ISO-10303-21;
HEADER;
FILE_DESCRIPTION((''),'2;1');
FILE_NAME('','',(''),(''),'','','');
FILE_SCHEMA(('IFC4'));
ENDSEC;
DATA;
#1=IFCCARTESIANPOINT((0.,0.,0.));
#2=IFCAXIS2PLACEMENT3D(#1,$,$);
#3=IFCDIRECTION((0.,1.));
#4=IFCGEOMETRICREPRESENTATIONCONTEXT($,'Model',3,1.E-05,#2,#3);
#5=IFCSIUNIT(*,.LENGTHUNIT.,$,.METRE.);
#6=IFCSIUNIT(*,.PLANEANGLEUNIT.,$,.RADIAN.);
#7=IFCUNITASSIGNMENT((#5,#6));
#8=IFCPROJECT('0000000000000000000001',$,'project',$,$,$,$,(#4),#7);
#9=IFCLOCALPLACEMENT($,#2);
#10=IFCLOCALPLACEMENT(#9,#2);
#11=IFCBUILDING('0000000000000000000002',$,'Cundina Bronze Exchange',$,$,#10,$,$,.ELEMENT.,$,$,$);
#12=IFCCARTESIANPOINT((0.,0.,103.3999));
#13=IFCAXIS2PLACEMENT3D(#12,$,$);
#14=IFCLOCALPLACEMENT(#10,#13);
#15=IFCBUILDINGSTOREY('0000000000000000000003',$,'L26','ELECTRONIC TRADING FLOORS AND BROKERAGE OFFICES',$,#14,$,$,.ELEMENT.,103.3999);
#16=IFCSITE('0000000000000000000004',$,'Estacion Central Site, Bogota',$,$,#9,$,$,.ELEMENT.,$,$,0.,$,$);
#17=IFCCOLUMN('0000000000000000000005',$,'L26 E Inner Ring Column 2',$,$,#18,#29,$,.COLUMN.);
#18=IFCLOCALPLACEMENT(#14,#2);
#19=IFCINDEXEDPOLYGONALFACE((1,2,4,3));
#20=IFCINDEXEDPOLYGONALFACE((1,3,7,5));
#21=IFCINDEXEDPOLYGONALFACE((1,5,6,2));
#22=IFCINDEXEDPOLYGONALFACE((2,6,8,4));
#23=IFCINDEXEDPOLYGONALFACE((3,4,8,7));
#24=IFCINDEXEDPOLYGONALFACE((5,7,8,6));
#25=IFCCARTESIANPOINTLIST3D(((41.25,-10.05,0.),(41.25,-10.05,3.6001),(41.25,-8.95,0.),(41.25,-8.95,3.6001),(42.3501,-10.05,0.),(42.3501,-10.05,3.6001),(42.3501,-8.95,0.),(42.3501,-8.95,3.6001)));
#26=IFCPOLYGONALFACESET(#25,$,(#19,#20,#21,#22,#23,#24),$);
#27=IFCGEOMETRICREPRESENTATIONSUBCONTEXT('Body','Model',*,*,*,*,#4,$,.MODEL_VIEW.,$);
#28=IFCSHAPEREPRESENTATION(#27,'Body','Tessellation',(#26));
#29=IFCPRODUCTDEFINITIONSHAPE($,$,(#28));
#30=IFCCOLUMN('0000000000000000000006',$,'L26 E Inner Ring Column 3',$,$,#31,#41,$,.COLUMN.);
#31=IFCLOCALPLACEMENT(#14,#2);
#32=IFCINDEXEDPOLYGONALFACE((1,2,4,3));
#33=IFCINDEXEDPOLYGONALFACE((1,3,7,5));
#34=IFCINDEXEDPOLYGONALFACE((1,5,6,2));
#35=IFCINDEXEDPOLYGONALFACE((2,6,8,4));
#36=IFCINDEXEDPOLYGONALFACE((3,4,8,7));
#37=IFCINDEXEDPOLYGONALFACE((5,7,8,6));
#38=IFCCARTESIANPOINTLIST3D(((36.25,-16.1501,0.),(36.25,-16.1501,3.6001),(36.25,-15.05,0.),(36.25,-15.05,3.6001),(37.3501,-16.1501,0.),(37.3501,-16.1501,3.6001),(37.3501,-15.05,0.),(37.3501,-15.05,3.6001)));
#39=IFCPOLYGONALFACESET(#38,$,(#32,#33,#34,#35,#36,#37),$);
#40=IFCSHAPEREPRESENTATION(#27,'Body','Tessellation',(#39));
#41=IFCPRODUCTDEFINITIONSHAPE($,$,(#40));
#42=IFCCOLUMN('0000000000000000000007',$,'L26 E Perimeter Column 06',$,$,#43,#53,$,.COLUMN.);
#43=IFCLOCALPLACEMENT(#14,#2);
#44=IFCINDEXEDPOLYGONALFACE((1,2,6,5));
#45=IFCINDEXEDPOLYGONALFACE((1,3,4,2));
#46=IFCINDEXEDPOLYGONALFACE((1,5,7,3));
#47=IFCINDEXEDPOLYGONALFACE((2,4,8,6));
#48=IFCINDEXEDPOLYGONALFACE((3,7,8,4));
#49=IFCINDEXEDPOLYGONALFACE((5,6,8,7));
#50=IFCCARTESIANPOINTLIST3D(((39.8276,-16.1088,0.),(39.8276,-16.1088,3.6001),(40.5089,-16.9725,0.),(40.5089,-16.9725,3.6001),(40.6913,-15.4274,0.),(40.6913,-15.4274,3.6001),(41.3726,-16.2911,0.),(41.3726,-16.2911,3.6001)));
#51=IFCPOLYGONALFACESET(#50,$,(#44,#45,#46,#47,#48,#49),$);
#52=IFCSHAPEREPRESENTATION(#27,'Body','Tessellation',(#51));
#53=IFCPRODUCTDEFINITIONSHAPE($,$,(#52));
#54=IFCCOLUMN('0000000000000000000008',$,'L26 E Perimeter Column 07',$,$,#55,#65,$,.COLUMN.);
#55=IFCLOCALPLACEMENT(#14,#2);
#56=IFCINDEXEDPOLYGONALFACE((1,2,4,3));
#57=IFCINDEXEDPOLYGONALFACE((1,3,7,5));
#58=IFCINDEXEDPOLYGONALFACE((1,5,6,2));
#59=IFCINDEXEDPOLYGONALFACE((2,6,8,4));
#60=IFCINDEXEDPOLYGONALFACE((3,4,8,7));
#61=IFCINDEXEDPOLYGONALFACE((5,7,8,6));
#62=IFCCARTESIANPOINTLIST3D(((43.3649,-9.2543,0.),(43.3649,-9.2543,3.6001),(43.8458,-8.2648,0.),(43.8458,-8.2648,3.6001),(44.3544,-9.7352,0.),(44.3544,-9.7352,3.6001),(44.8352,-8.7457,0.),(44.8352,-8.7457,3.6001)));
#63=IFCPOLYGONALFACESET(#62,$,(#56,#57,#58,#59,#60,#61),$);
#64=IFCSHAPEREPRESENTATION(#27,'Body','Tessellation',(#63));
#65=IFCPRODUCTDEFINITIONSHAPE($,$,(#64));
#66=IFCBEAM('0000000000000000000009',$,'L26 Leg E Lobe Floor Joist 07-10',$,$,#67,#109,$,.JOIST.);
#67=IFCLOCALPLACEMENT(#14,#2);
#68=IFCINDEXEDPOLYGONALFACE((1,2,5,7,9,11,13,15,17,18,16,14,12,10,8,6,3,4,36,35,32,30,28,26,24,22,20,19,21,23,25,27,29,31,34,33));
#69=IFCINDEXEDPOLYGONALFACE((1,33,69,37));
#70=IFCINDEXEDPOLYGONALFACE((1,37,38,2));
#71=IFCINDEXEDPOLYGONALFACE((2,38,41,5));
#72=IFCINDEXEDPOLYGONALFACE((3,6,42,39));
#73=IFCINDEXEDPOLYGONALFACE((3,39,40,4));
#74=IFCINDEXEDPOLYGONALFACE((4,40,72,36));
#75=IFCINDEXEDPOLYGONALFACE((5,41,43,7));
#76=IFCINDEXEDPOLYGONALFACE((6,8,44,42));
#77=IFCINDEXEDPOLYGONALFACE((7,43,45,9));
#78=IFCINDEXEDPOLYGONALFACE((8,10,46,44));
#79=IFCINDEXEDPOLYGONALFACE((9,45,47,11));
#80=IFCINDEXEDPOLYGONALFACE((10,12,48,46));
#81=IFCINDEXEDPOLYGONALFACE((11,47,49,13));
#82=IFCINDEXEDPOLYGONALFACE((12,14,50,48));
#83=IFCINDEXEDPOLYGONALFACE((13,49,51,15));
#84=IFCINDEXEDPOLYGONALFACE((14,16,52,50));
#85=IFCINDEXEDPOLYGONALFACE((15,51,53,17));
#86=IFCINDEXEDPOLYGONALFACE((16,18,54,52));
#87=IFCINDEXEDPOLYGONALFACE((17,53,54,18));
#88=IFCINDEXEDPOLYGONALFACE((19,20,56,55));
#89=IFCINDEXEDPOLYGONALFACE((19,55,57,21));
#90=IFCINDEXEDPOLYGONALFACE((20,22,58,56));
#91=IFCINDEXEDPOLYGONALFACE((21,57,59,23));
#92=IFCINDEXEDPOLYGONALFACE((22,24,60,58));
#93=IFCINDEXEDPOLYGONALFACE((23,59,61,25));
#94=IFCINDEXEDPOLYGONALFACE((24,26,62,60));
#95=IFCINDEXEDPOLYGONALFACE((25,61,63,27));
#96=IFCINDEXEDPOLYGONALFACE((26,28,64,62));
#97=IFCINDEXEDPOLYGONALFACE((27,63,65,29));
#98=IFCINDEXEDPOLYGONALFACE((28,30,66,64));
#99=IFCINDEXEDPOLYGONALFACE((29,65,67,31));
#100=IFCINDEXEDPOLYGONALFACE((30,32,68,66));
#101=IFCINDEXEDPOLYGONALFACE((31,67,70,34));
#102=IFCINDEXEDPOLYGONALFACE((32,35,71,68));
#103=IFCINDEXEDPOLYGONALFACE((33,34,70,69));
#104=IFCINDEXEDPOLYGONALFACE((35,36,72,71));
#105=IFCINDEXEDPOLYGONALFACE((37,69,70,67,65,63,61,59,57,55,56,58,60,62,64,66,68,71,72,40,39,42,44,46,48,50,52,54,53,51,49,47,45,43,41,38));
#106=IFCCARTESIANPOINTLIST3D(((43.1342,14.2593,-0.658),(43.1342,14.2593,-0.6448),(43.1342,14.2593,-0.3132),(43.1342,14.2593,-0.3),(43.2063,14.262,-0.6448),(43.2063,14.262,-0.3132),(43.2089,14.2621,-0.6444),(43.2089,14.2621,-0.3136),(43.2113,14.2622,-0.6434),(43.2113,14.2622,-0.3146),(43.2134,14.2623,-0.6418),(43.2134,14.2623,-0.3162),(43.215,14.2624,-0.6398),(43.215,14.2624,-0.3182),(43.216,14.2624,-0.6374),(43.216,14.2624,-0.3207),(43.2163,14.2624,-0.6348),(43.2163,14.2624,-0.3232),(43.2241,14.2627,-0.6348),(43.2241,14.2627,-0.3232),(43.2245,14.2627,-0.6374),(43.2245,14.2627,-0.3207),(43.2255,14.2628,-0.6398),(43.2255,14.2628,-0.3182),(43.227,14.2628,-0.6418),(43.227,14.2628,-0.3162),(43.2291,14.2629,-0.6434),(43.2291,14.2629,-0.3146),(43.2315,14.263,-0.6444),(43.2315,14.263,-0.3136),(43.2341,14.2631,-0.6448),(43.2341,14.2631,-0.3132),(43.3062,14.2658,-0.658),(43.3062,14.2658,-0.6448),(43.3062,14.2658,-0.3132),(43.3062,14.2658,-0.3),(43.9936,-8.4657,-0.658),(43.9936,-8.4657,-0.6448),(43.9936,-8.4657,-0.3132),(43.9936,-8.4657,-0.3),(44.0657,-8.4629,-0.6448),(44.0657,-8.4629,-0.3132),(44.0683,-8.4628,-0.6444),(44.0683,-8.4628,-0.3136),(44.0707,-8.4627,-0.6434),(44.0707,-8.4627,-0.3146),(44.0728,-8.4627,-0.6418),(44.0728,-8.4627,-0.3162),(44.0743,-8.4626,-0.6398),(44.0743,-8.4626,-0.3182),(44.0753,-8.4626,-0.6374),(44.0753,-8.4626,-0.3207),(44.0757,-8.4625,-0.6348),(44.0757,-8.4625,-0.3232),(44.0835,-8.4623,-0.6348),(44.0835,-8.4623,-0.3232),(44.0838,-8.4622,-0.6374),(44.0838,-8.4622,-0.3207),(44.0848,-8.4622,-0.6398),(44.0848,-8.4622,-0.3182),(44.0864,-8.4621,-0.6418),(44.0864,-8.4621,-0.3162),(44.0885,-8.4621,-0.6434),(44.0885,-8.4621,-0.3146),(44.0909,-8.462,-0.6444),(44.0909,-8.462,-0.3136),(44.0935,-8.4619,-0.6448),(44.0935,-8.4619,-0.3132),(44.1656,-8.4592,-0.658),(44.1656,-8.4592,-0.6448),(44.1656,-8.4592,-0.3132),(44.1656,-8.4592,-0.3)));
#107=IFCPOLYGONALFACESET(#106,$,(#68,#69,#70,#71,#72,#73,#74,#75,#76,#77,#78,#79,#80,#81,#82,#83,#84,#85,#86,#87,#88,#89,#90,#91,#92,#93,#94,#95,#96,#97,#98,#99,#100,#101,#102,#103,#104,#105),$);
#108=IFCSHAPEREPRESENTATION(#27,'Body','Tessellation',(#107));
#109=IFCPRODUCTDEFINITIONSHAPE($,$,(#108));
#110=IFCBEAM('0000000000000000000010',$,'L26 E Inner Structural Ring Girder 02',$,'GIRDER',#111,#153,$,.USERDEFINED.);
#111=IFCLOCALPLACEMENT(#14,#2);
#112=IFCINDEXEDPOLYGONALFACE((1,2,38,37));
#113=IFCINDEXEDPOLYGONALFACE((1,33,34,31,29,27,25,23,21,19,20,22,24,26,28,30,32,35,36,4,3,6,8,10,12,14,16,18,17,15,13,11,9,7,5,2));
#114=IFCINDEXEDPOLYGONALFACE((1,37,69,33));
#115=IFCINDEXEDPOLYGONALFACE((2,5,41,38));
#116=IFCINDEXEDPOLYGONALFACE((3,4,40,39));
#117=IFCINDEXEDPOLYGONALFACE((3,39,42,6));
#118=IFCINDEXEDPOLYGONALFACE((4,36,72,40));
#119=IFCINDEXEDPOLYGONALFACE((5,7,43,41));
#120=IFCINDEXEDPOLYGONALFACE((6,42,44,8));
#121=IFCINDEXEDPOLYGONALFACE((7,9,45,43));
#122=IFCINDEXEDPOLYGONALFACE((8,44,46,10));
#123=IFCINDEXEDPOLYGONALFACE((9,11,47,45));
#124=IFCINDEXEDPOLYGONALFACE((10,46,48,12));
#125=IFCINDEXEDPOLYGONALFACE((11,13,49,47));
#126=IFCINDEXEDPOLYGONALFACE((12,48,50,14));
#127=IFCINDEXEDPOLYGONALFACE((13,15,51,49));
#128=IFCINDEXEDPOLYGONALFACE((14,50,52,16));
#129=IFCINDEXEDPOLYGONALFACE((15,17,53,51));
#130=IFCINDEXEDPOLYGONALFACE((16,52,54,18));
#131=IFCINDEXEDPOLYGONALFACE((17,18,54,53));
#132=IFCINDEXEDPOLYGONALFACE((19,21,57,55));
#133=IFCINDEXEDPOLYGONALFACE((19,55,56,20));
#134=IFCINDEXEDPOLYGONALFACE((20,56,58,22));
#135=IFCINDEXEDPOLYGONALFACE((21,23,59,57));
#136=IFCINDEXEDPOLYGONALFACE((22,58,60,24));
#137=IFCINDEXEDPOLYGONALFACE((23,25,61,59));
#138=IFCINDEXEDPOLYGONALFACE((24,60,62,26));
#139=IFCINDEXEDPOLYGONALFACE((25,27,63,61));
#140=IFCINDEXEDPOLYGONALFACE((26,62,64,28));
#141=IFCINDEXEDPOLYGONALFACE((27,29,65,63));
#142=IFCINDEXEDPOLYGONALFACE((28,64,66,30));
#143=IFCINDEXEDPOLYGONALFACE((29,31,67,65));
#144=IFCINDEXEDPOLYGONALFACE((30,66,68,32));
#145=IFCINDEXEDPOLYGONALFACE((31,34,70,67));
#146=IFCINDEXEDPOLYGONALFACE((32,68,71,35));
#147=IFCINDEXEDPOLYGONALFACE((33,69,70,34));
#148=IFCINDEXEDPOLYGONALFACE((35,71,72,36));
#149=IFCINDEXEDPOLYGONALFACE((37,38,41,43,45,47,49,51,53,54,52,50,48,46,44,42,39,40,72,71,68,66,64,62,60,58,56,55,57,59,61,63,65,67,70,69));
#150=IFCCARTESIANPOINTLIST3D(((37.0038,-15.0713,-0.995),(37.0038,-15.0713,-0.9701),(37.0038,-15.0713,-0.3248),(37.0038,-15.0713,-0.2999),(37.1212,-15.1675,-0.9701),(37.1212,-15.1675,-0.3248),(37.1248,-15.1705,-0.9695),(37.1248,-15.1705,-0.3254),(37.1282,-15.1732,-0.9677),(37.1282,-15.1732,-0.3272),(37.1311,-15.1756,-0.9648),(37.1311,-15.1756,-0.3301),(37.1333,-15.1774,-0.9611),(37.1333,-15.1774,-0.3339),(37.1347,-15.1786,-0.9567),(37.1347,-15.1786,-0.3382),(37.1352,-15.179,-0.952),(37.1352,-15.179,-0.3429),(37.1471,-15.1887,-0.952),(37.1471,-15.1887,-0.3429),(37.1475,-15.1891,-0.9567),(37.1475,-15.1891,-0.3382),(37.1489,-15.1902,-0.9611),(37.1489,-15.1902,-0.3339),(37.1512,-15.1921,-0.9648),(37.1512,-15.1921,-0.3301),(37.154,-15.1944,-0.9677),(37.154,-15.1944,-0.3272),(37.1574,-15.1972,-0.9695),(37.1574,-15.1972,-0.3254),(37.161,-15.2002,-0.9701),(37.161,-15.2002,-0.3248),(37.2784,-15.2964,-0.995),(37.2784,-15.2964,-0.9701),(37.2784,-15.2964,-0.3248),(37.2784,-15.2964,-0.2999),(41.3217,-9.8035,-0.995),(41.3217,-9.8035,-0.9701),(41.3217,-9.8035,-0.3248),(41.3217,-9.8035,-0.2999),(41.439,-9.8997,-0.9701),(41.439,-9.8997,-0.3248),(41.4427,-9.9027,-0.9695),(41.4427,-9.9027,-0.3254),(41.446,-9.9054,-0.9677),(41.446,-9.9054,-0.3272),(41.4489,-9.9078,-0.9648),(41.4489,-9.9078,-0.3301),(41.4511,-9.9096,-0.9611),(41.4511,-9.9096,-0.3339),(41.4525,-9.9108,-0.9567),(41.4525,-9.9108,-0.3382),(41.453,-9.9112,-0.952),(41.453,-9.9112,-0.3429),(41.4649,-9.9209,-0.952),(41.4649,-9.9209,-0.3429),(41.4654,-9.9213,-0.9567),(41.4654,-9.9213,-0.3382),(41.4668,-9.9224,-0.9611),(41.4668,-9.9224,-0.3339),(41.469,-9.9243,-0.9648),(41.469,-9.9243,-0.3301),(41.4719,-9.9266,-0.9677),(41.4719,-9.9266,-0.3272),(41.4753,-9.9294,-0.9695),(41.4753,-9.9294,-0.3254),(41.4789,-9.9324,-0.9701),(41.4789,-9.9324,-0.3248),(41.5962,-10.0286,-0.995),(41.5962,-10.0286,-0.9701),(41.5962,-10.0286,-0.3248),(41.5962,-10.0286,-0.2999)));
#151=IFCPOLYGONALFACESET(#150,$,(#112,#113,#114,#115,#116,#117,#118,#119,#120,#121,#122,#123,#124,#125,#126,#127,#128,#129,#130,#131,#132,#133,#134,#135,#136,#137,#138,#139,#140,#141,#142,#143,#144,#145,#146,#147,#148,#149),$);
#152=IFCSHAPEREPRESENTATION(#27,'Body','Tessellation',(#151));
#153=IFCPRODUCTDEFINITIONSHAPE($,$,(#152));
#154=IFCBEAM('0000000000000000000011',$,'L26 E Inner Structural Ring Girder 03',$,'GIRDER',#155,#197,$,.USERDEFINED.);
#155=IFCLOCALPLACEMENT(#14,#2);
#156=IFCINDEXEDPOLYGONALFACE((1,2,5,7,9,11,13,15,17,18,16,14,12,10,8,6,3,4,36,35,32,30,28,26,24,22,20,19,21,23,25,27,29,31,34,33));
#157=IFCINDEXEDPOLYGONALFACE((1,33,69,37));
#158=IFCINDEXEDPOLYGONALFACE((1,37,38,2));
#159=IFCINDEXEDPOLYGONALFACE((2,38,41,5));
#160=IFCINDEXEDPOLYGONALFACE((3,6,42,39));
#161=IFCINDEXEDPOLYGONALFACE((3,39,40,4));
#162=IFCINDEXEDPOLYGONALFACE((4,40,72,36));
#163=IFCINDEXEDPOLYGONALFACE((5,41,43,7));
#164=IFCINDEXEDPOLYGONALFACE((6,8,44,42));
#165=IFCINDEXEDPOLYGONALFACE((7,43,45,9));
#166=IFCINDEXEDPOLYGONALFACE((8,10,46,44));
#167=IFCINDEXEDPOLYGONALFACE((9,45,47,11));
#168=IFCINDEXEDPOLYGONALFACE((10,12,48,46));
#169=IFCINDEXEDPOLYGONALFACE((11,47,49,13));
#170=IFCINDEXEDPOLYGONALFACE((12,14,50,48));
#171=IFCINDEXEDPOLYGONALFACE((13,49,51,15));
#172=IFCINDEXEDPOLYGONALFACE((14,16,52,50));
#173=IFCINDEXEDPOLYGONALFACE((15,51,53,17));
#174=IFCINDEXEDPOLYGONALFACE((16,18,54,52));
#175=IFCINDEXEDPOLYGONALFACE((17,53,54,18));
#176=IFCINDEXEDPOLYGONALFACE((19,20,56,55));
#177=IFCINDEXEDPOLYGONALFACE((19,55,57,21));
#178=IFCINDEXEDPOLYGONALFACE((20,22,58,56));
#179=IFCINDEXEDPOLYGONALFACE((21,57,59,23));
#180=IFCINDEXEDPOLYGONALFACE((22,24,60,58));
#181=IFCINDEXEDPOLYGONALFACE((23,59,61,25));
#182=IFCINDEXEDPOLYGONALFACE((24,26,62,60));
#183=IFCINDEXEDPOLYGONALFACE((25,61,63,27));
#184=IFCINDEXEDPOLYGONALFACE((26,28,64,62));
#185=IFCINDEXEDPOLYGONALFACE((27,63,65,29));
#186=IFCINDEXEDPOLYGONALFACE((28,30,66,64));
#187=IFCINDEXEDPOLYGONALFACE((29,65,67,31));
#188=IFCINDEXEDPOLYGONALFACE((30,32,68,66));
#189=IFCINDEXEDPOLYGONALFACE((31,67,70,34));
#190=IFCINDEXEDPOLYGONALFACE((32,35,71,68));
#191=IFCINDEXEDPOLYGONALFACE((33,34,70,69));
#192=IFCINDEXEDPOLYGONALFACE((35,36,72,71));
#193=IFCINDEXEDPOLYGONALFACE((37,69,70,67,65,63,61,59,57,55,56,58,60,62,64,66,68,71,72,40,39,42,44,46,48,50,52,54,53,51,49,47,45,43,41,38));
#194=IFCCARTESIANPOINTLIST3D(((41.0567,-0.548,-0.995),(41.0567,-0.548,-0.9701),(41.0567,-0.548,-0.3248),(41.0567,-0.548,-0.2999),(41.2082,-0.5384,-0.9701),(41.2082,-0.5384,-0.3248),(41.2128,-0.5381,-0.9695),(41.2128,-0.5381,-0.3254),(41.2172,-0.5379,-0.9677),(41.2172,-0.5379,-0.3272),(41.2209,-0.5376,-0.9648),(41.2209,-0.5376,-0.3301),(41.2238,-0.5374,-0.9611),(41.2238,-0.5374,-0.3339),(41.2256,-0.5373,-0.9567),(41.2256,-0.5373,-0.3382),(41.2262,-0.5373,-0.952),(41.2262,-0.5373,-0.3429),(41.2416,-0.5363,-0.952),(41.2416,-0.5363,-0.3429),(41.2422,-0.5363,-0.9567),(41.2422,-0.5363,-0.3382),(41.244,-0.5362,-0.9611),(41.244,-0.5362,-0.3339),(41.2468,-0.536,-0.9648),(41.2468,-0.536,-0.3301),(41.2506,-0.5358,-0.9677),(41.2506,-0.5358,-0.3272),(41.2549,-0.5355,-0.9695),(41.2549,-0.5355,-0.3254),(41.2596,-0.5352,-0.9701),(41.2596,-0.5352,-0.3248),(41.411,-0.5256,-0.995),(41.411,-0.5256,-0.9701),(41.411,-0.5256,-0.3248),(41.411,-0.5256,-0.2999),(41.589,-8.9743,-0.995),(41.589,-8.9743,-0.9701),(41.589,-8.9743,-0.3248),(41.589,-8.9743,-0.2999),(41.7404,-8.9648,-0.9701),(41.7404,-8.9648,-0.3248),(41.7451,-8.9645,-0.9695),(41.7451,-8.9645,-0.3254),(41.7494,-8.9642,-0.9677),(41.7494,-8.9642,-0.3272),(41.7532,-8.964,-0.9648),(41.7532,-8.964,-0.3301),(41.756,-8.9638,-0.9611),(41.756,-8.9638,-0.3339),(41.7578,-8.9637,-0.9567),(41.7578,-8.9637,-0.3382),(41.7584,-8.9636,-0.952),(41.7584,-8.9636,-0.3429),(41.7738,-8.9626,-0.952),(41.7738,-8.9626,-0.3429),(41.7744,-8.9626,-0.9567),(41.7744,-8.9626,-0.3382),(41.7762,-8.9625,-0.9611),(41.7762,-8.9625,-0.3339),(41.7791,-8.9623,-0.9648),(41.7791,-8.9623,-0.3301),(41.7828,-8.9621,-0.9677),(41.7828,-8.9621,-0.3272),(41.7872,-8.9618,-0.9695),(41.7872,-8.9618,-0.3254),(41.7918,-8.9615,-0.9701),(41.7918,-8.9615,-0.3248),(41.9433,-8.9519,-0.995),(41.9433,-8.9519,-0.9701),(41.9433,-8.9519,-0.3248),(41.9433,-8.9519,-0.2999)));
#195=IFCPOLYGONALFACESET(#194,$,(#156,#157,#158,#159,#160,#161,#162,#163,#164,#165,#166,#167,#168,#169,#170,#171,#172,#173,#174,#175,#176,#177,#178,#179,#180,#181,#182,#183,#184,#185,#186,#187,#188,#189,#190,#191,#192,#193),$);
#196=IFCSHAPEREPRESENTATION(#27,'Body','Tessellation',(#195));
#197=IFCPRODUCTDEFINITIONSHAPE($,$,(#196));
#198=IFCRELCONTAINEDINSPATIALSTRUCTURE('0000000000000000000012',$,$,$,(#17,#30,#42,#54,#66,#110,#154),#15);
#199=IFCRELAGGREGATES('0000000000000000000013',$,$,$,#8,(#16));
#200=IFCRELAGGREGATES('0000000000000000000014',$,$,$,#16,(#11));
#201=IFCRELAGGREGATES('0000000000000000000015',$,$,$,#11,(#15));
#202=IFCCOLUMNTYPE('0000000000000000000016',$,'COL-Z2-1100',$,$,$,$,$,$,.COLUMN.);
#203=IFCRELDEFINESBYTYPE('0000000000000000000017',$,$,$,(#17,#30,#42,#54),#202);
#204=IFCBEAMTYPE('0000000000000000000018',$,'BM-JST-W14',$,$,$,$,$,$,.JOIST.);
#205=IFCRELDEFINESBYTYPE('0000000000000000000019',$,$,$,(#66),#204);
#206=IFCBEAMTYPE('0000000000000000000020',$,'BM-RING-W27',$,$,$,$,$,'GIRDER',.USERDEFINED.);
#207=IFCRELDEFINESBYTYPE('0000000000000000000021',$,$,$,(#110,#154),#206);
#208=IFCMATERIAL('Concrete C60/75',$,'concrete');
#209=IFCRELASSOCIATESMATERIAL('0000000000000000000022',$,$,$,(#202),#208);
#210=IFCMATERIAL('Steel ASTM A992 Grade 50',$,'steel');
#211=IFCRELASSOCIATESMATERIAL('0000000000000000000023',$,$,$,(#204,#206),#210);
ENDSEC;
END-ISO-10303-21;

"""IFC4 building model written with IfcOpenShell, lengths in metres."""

from ifc_helpers import new_model, si_unit, direction, frame, origin, origin_2d, place, context, subcontext, project, spatial, rectangle, i_section, extrude, material, material_profile, profile_set, type_object, element, save


model = new_model("IFC4")

# Units and contexts
model_context = context("Model", 3, precision=1e-05, world=origin(), true_north=direction((0.0, 1.0)))
body_context = subcontext(model_context, "Body", "Model", "MODEL_VIEW")
ifc_project = project(units=[si_unit("LENGTHUNIT", "METRE"), si_unit("PLANEANGLEUNIT", "RADIAN")], contexts=[model_context])

# Site, building, storey
site_placement = place(None, origin())
site = spatial("IfcSite", under=ifc_project, at=site_placement, Name="Estacion Central Site, Bogota", CompositionType="ELEMENT", RefElevation=0.0)
building_placement = place(site_placement, origin())
building = spatial("IfcBuilding", under=site, at=building_placement, Name="Cundina Bronze Exchange", CompositionType="ELEMENT")
storey_placement = place(building_placement, frame((0.0, 0.0, 103.3999)))
storey = spatial("IfcBuildingStorey", under=building, at=storey_placement, Name="L26", Description="ELECTRONIC TRADING FLOORS AND BROKERAGE OFFICES", CompositionType="ELEMENT", Elevation=103.3999)

# Columns
ifc_material_1 = material(Name="Concrete C60/75", Category="concrete")
ifc_material_profile_1 = material_profile(ifc_material_1, rectangle(XDim=1.1001, YDim=1.1001, at=origin_2d()), Name="RC1100X1100", Category="concrete")
ifc_profile_set_1 = profile_set([ifc_material_profile_1], Name="Concrete C60/75")
column_type = type_object("IfcColumnType", Name="COL-Z2-1100", PredefinedType="COLUMN", material=ifc_profile_set_1)
for number, where, z_axis, x_axis, name in (
    (1, (41.8, -9.5, 0.0), (0.0, 0.0, 1.0), (1.0, 0.0, 0.0), "L26 E Inner Ring Column 2"),
    (2, (36.8, -15.6001, 0.0), (0.0, 0.0, 1.0), (1.0, 0.0, 0.0), "L26 E Inner Ring Column 3"),
    (3, (40.6001, -16.2, 0.0), (0.0, 0.0, 1.0), (0.785101, 0.619368, 0.0), "L26 E Perimeter Column 06"),
    (4, (44.1001, -9.0, 0.0), (0.0, 0.0, 1.0), (0.437116, 0.899405, 0.0), "L26 E Perimeter Column 07"),
):
    element("IfcColumn", number, at=place(storey_placement, frame(where, z_axis=z_axis, x_axis=x_axis)), inside=storey, type_object=column_type, Name=name, PredefinedType="COLUMN", context=body_context, shape_type="SweptSolid", body=[
        extrude(rectangle(XDim=1.1001, YDim=1.1001, at=origin_2d()), origin(), (0.0, 0.0, 1.0), 3.6001),
    ])

# Beams
ifc_material_2 = material(Name="Steel ASTM A992 Grade 50", Category="steel")
ifc_material_profile_2 = material_profile(ifc_material_2, i_section(OverallWidth=0.1721, OverallDepth=0.3579, WebThickness=0.0078, FlangeThickness=0.0132, FilletRadius=0.01, at=origin_2d()), Name="W14X38", Category="steel")
ifc_profile_set_2 = profile_set([ifc_material_profile_2], Name="Steel ASTM A992 Grade 50")
beam_type_1 = type_object("IfcBeamType", Name="BM-JST-W14", PredefinedType="JOIST", material=ifc_profile_set_2)
beam_1_placement = place(storey_placement, frame((44.0796, -8.4624, -0.479), z_axis=(-0.03779, 0.999286, 0.0), x_axis=(-0.999286, -0.03779, 0.0)))
element("IfcBeam", 5, at=beam_1_placement, inside=storey, type_object=beam_type_1, Name="L26 Leg E Lobe Floor Joist 07-10", PredefinedType="JOIST", context=body_context, shape_type="SweptSolid", body=[
    extrude(i_section(OverallWidth=0.1721, OverallDepth=0.3579, WebThickness=0.0078, FlangeThickness=0.0132, FilletRadius=0.01, at=origin_2d()), origin(), (0.0, 0.0, 1.0), 22.7412),
])
ifc_material_profile_3 = material_profile(ifc_material_2, i_section(OverallWidth=0.355, OverallDepth=0.6951, WebThickness=0.0154, FlangeThickness=0.0249, FilletRadius=0.0181, at=origin_2d()), Name="W27X146", Category="steel")
ifc_profile_set_3 = profile_set([ifc_material_profile_3], Name="Steel ASTM A992 Grade 50")
beam_type_2 = type_object("IfcBeamType", Name="BM-RING-W27", ElementType="GIRDER", PredefinedType="USERDEFINED", material=ifc_profile_set_3)
beam_2_placement = place(storey_placement, frame((37.1411, -15.1838, -0.6475), z_axis=(0.633927, 0.773393, 0.0), x_axis=(-0.773393, 0.633927, 0.0)))
element("IfcBeam", 6, at=beam_2_placement, inside=storey, type_object=beam_type_2, Name="L26 E Inner Structural Ring Girder 02", ObjectType="GIRDER", PredefinedType="USERDEFINED", context=body_context, shape_type="SweptSolid", body=[
    extrude(i_section(OverallWidth=0.355, OverallDepth=0.6951, WebThickness=0.0154, FlangeThickness=0.0249, FilletRadius=0.0181, at=origin_2d()), origin(), (0.0, 0.0, 1.0), 6.8113),
])
beam_3_placement = place(storey_placement, frame((41.7661, -8.9631, -0.6475), z_axis=(-0.063037, 0.998011, 0.0), x_axis=(-0.998011, -0.063037, 0.0)))
element("IfcBeam", 7, at=beam_3_placement, inside=storey, type_object=beam_type_2, Name="L26 E Inner Structural Ring Girder 03", ObjectType="GIRDER", PredefinedType="USERDEFINED", context=body_context, shape_type="SweptSolid", body=[
    extrude(i_section(OverallWidth=0.355, OverallDepth=0.6951, WebThickness=0.0154, FlangeThickness=0.0249, FilletRadius=0.0181, at=origin_2d()), origin(), (0.0, 0.0, 1.0), 8.4431),
])

save(model, "model.ifc")
